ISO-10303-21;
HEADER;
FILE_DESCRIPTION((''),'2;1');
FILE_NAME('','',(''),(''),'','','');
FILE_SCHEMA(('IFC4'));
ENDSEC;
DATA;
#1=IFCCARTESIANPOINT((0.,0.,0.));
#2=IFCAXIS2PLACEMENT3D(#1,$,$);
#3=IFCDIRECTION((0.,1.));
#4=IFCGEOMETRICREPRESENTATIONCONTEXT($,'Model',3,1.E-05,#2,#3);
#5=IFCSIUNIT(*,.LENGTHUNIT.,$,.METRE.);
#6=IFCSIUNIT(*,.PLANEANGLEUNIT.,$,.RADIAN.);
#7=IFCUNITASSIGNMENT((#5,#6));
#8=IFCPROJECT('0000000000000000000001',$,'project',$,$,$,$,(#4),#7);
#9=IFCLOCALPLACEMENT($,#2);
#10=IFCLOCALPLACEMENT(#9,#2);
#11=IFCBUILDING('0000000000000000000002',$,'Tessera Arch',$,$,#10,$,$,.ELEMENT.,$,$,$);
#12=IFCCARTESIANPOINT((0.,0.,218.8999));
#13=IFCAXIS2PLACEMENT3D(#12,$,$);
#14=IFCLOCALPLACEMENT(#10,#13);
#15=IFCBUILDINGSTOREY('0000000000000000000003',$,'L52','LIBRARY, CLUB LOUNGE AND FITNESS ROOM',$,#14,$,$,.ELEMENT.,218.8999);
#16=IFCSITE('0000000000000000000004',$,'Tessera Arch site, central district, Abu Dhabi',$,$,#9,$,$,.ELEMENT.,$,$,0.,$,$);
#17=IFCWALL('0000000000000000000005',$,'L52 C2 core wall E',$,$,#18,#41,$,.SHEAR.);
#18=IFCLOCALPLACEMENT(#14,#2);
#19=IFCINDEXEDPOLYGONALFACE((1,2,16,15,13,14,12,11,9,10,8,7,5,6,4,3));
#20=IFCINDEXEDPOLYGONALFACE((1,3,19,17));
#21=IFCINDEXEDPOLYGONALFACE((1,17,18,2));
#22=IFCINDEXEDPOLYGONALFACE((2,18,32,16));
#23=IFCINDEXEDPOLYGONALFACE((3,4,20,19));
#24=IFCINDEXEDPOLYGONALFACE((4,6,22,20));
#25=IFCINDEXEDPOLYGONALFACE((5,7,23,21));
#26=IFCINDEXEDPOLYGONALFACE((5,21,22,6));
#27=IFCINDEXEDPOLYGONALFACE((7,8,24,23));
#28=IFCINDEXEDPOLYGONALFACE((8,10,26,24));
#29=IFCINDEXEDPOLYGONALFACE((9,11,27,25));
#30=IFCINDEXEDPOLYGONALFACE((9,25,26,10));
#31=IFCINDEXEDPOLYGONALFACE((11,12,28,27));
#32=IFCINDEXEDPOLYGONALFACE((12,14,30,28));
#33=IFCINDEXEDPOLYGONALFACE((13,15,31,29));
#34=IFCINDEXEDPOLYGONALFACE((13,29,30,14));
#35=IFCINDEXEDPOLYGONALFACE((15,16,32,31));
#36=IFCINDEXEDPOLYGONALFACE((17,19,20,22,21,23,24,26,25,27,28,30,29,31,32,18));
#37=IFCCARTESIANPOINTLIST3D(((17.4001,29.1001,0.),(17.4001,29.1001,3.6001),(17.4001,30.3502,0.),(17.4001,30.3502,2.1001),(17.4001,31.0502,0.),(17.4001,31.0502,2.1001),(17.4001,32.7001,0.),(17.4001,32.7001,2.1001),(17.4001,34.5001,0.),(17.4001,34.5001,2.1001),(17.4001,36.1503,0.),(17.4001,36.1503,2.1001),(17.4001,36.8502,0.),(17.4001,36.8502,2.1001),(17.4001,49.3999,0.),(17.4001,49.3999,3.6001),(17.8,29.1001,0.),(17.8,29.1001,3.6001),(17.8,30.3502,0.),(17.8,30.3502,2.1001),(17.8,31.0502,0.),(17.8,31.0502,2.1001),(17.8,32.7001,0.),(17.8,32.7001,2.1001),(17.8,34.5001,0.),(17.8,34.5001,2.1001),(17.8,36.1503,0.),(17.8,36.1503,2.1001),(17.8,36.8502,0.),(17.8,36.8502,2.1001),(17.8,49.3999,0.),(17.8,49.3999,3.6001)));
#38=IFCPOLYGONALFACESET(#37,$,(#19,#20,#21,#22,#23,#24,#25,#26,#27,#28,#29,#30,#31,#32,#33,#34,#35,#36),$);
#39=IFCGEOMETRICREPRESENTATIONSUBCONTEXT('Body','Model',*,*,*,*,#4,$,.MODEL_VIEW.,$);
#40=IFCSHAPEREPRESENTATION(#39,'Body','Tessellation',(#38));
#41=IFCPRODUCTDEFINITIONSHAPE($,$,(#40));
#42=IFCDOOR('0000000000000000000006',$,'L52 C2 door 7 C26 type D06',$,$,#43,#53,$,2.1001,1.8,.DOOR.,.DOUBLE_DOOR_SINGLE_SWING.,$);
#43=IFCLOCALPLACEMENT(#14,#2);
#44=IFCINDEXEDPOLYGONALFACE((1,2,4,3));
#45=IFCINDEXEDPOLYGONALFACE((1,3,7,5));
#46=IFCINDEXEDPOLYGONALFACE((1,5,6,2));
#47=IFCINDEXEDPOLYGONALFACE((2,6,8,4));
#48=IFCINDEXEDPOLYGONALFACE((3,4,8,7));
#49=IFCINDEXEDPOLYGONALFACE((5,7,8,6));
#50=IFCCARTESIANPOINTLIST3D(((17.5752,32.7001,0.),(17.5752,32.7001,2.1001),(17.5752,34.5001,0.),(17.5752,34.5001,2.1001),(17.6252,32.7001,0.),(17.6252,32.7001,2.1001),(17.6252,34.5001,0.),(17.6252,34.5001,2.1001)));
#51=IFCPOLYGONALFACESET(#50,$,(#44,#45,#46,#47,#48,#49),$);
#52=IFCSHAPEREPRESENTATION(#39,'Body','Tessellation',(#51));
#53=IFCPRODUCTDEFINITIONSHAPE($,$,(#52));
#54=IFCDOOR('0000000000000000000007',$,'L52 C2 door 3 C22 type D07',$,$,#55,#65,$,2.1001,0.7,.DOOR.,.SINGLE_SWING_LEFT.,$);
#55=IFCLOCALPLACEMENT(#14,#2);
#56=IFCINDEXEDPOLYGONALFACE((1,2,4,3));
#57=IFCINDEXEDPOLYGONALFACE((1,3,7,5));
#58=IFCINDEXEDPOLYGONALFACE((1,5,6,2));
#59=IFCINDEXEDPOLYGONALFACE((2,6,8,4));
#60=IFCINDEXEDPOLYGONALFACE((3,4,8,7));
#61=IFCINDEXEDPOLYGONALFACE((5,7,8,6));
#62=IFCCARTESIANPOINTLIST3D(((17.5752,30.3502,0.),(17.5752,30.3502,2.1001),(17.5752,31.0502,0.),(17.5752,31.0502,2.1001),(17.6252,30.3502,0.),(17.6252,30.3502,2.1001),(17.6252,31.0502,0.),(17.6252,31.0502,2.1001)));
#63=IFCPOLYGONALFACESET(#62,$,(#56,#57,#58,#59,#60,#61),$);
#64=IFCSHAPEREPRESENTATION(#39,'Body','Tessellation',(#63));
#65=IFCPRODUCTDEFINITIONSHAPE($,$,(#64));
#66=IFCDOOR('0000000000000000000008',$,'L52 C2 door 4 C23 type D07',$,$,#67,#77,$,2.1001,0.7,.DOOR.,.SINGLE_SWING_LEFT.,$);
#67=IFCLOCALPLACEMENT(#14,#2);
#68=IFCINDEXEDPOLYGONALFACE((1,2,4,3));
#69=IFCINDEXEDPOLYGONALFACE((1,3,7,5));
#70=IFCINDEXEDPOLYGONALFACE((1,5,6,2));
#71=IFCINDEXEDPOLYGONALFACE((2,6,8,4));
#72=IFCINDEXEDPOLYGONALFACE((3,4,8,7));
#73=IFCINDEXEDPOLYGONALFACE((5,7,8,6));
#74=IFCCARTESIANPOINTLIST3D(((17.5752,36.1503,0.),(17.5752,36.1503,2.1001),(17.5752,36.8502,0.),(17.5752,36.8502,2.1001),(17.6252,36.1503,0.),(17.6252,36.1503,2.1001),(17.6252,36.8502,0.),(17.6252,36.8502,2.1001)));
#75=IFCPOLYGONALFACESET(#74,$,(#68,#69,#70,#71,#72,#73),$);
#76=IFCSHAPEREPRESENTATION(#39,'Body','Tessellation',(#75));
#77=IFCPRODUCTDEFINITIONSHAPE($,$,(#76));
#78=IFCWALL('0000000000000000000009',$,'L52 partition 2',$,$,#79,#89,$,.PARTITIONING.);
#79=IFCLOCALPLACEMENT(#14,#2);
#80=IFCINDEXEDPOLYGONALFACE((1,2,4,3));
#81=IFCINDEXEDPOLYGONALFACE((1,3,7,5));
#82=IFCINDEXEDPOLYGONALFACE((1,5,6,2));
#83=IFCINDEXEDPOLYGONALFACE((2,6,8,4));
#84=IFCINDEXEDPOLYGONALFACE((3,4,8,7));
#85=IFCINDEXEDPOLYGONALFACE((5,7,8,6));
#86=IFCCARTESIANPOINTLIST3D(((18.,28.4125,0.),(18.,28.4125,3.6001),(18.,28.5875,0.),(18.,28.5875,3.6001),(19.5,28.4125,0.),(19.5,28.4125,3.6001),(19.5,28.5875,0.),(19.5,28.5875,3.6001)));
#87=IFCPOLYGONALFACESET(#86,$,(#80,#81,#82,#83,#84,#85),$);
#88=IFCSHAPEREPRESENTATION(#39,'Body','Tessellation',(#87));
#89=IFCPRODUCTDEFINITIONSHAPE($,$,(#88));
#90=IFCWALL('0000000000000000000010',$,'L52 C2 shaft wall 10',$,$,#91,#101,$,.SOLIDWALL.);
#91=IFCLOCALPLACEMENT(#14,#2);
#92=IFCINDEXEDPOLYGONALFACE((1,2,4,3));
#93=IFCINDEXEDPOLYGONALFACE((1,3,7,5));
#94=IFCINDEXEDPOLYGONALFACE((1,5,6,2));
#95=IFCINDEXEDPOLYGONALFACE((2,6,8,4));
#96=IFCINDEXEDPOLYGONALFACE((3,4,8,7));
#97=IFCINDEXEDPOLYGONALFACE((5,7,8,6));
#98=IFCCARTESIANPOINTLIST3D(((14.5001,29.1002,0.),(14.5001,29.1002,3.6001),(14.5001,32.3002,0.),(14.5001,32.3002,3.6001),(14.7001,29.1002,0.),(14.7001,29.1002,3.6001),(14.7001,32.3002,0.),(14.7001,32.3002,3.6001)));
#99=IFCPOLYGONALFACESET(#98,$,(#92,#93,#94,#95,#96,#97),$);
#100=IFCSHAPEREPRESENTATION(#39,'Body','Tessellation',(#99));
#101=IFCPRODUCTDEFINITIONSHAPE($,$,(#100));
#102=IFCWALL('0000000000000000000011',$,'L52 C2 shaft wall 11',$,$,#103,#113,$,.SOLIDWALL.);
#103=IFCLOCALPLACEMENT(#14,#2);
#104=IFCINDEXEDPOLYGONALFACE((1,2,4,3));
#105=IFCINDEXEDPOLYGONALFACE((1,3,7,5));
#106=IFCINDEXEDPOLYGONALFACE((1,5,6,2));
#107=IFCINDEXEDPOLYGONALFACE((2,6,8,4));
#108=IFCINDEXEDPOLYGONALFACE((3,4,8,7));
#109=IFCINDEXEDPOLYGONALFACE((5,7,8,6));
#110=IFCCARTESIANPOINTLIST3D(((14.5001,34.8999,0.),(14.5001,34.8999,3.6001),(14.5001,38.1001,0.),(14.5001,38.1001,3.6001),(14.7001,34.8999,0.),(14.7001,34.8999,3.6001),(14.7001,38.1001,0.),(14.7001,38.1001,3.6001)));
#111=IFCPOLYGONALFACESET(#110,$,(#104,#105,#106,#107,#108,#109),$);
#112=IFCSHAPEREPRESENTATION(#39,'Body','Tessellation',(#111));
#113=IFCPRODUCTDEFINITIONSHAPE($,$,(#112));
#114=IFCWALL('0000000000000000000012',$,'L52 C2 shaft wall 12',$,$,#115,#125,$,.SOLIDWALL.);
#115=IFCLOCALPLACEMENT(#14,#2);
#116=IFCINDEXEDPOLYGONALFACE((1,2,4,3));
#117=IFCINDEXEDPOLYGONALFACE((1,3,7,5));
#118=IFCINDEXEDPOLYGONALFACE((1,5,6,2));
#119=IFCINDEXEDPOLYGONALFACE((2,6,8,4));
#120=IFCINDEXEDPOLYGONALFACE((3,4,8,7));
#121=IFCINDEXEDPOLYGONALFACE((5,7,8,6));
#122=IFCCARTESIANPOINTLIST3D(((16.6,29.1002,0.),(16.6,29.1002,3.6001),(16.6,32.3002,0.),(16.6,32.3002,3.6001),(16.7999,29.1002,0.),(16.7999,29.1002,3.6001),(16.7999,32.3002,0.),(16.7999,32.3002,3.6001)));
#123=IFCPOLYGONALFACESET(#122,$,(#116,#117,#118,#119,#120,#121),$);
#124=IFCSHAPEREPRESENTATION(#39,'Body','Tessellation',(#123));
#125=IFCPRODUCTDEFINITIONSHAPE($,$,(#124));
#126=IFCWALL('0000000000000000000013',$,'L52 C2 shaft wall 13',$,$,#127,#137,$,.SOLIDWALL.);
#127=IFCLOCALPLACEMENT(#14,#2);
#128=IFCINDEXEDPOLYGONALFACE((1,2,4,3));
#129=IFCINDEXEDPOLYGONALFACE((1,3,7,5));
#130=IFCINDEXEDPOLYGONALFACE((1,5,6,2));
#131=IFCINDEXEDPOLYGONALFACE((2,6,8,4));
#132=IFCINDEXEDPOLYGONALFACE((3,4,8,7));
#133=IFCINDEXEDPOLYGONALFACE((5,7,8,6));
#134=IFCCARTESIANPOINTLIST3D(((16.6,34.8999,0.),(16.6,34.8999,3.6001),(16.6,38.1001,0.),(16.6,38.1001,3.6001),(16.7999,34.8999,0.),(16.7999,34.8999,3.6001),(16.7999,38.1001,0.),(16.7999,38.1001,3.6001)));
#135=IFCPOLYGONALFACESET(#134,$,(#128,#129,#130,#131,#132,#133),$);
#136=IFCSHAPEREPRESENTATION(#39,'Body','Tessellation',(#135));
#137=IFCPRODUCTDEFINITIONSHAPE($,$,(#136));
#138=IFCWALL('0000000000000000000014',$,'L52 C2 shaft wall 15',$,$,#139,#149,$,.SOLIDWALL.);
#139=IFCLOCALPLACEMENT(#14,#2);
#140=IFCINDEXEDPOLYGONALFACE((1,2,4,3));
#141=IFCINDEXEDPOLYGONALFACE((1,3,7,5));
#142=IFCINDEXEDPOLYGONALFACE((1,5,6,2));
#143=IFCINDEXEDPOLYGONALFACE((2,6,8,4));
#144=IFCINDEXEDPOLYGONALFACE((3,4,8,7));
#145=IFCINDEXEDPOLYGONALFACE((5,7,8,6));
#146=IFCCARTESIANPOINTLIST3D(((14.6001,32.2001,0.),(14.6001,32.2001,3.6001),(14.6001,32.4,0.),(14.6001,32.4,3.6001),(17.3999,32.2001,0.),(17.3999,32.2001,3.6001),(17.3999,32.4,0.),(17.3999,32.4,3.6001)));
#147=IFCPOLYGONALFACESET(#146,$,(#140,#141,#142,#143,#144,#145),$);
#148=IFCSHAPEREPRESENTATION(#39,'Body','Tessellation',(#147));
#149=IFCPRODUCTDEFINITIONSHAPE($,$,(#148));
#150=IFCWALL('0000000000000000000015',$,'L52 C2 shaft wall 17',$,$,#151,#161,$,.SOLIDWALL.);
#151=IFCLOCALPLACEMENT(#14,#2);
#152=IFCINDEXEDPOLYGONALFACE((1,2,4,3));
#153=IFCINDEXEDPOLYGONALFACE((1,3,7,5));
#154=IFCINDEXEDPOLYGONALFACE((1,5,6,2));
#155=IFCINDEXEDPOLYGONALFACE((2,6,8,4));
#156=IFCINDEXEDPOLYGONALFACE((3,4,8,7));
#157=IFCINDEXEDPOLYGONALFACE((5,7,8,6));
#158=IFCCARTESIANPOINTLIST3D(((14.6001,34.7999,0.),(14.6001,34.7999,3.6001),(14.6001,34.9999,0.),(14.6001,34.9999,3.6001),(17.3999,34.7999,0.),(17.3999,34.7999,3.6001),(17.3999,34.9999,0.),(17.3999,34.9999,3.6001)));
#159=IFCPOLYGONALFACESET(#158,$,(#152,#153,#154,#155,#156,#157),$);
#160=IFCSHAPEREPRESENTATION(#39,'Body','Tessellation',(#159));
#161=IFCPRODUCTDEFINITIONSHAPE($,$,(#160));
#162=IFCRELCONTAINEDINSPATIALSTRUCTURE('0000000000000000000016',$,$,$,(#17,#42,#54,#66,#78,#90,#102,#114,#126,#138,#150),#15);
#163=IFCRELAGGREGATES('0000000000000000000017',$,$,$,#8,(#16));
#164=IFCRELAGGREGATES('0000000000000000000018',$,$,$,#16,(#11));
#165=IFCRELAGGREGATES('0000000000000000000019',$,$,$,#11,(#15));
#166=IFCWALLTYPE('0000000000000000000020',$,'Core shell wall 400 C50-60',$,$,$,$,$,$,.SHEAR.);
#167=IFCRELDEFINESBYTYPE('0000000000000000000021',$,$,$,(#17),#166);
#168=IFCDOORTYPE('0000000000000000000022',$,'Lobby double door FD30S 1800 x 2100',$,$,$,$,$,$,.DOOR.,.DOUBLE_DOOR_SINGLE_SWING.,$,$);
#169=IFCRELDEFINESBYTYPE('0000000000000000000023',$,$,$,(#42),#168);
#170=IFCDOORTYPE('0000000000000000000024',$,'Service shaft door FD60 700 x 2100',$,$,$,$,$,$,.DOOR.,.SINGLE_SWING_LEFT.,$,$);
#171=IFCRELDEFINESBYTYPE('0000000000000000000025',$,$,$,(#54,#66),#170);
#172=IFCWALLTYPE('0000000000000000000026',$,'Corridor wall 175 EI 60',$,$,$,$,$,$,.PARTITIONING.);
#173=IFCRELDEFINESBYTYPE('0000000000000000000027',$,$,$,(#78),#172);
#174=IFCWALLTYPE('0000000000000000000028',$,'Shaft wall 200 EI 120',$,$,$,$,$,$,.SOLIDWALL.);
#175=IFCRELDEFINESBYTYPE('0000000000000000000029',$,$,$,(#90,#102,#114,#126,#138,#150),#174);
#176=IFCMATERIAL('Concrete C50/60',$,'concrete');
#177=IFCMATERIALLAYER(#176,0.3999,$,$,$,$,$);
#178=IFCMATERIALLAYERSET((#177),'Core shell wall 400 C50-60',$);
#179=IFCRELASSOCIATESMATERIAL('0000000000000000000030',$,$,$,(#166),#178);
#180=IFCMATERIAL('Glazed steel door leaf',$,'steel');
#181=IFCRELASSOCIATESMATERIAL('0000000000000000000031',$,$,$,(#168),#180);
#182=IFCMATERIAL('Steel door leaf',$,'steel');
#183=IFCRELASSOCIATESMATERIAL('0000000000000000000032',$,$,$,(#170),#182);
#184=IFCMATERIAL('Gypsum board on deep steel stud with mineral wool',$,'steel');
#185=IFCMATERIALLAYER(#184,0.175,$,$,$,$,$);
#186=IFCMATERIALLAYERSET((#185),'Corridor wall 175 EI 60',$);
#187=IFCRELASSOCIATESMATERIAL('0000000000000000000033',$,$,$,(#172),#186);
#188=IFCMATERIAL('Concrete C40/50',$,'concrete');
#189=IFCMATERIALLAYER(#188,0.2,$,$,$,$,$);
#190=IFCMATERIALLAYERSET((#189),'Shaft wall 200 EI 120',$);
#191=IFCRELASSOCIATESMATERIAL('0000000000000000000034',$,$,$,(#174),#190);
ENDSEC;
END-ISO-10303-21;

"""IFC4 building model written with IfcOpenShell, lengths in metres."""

from ifc_helpers import new_model, si_unit, direction, frame, frame_2d, origin, place, context, subcontext, project, spatial, rectangle, extrude, material, layer, layer_set, type_object, element, fill, save


model = new_model("IFC4")

# Units and contexts
model_context = context("Model", 3, precision=1e-05, world=origin(), true_north=direction((0.0, 1.0)))
body_context = subcontext(model_context, "Body", "Model", "MODEL_VIEW")
ifc_project = project(units=[si_unit("LENGTHUNIT", "METRE"), si_unit("PLANEANGLEUNIT", "RADIAN")], contexts=[model_context])

# Site, building, storey
site_placement = place(None, origin())
site = spatial("IfcSite", under=ifc_project, at=site_placement, Name="Tessera Arch site, central district, Abu Dhabi", CompositionType="ELEMENT", RefElevation=0.0)
building_placement = place(site_placement, origin())
building = spatial("IfcBuilding", under=site, at=building_placement, Name="Tessera Arch", CompositionType="ELEMENT")
storey_placement = place(building_placement, frame((0.0, 0.0, 218.8999)))
storey = spatial("IfcBuildingStorey", under=building, at=storey_placement, Name="L52", Description="LIBRARY, CLUB LOUNGE AND FITNESS ROOM", CompositionType="ELEMENT", Elevation=218.8999)

# Wall, openings, doors
ifc_material_1 = material(Name="Concrete C50/60", Category="concrete")
ifc_layer_1 = layer(ifc_material_1, 0.3999)
ifc_layer_set_1 = layer_set([ifc_layer_1], Name="Core shell wall 400 C50-60")
wall_type_1 = type_object("IfcWallType", Name="Core shell wall 400 C50-60", PredefinedType="SHEAR", material=ifc_layer_set_1)
wall_1_placement = place(storey_placement, frame((17.6001, 29.1001, 0.0), z_axis=(0.0, 0.0, 1.0), x_axis=(0.0, 1.0, 0.0)))
wall_1 = element("IfcWall", 1, at=wall_1_placement, inside=storey, type_object=wall_type_1, Name="L52 C2 core wall E", PredefinedType="SHEAR", context=body_context, shape_type="SweptSolid", body=[
    extrude(rectangle(XDim=20.2998, YDim=0.3999, at=frame_2d((10.1499, 0.0))), origin(), (0.0, 0.0, 1.0), 3.6001),
])
opening_1_placement = place(wall_1_placement, frame((1.25, 0.0, 0.0)))
opening_1 = element("IfcOpeningElement", 2, at=opening_1_placement, cuts=wall_1, PredefinedType="OPENING", context=body_context, shape_type="SweptSolid", body=[
    extrude(rectangle(XDim=0.7, YDim=2.1001, at=frame_2d((0.3501, 1.05))), frame((0.0, 0.21, 0.0), z_axis=(0.0, -1.0, 0.0), x_axis=(1.0, 0.0, 0.0)), (0.0, 0.0, 1.0), 0.4199),
])
opening_2_placement = place(wall_1_placement, frame((7.05, 0.0, 0.0)))
opening_2 = element("IfcOpeningElement", 3, at=opening_2_placement, cuts=wall_1, PredefinedType="OPENING", context=body_context, shape_type="SweptSolid", body=[
    extrude(rectangle(XDim=0.7, YDim=2.1001, at=frame_2d((0.3501, 1.05))), frame((0.0, 0.21, 0.0), z_axis=(0.0, -1.0, 0.0), x_axis=(1.0, 0.0, 0.0)), (0.0, 0.0, 1.0), 0.4199),
])
opening_3_placement = place(wall_1_placement, frame((3.6001, 0.0, 0.0)))
opening_3 = element("IfcOpeningElement", 4, at=opening_3_placement, cuts=wall_1, PredefinedType="OPENING", context=body_context, shape_type="SweptSolid", body=[
    extrude(rectangle(XDim=1.8, YDim=2.1001, at=frame_2d((0.8999, 1.05))), frame((0.0, 0.21, 0.0), z_axis=(0.0, -1.0, 0.0), x_axis=(1.0, 0.0, 0.0)), (0.0, 0.0, 1.0), 0.4199),
])
ifc_material_2 = material(Name="Glazed steel door leaf", Category="steel")
door_type_1 = type_object("IfcDoorType", Name="Lobby double door FD30S 1800 x 2100", OperationType="DOUBLE_DOOR_SINGLE_SWING", PredefinedType="DOOR", material=ifc_material_2)
door_1_placement = place(opening_3_placement, origin())
door_1 = element("IfcDoor", 5, at=door_1_placement, inside=storey, type_object=door_type_1, Name="L52 C2 door 7 C26 type D06", OperationType="DOUBLE_DOOR_SINGLE_SWING", OverallHeight=2.1001, OverallWidth=1.8, PredefinedType="DOOR", context=body_context, shape_type="SweptSolid", body=[
    extrude(rectangle(XDim=1.8, YDim=2.1001, at=frame_2d((0.8999, 1.05))), frame((0.0, 0.0249, 0.0), z_axis=(0.0, -1.0, 0.0), x_axis=(1.0, 0.0, 0.0)), (0.0, 0.0, 1.0), 0.05),
])
fill(opening_3, door_1)
ifc_material_3 = material(Name="Steel door leaf", Category="steel")
door_type_2 = type_object("IfcDoorType", Name="Service shaft door FD60 700 x 2100", OperationType="SINGLE_SWING_LEFT", PredefinedType="DOOR", material=ifc_material_3)
door_2_placement = place(opening_1_placement, origin())
door_2 = element("IfcDoor", 6, at=door_2_placement, inside=storey, type_object=door_type_2, Name="L52 C2 door 3 C22 type D07", OperationType="SINGLE_SWING_LEFT", OverallHeight=2.1001, OverallWidth=0.7, PredefinedType="DOOR", context=body_context, shape_type="SweptSolid", body=[
    extrude(rectangle(XDim=0.7, YDim=2.1001, at=frame_2d((0.3501, 1.05))), frame((0.0, 0.0249, 0.0), z_axis=(0.0, -1.0, 0.0), x_axis=(1.0, 0.0, 0.0)), (0.0, 0.0, 1.0), 0.05),
])
fill(opening_1, door_2)
door_3_placement = place(opening_2_placement, origin())
door_3 = element("IfcDoor", 7, at=door_3_placement, inside=storey, type_object=door_type_2, Name="L52 C2 door 4 C23 type D07", OperationType="SINGLE_SWING_LEFT", OverallHeight=2.1001, OverallWidth=0.7, PredefinedType="DOOR", context=body_context, shape_type="SweptSolid", body=[
    extrude(rectangle(XDim=0.7, YDim=2.1001, at=frame_2d((0.3501, 1.05))), frame((0.0, 0.0249, 0.0), z_axis=(0.0, -1.0, 0.0), x_axis=(1.0, 0.0, 0.0)), (0.0, 0.0, 1.0), 0.05),
])
fill(opening_2, door_3)

# Walls
ifc_material_4 = material(Name="Gypsum board on deep steel stud with mineral wool", Category="steel")
ifc_layer_2 = layer(ifc_material_4, 0.175)
ifc_layer_set_2 = layer_set([ifc_layer_2], Name="Corridor wall 175 EI 60")
wall_type_2 = type_object("IfcWallType", Name="Corridor wall 175 EI 60", PredefinedType="PARTITIONING", material=ifc_layer_set_2)
wall_2_placement = place(storey_placement, frame((18.0, 28.5, 0.0), z_axis=(0.0, 0.0, 1.0), x_axis=(1.0, 0.0, 0.0)))
element("IfcWall", 8, at=wall_2_placement, inside=storey, type_object=wall_type_2, Name="L52 partition 2", PredefinedType="PARTITIONING", context=body_context, shape_type="SweptSolid", body=[
    extrude(rectangle(XDim=1.5, YDim=0.175, at=frame_2d((0.75, 0.0))), origin(), (0.0, 0.0, 1.0), 3.6001),
])
ifc_material_5 = material(Name="Concrete C40/50", Category="concrete")
ifc_layer_3 = layer(ifc_material_5, 0.2)
ifc_layer_set_3 = layer_set([ifc_layer_3], Name="Shaft wall 200 EI 120")
wall_type_3 = type_object("IfcWallType", Name="Shaft wall 200 EI 120", PredefinedType="SOLIDWALL", material=ifc_layer_set_3)
wall_3_placement = place(storey_placement, frame((14.6001, 29.1001, 0.0), z_axis=(0.0, 0.0, 1.0), x_axis=(0.0, 1.0, 0.0)))
element("IfcWall", 9, at=wall_3_placement, inside=storey, type_object=wall_type_3, Name="L52 C2 shaft wall 10", PredefinedType="SOLIDWALL", context=body_context, shape_type="SweptSolid", body=[
    extrude(rectangle(XDim=3.2, YDim=0.2, at=frame_2d((1.6001, 0.0))), origin(), (0.0, 0.0, 1.0), 3.6001),
])
wall_4_placement = place(storey_placement, frame((14.6001, 34.8999, 0.0), z_axis=(0.0, 0.0, 1.0), x_axis=(0.0, 1.0, 0.0)))
element("IfcWall", 10, at=wall_4_placement, inside=storey, type_object=wall_type_3, Name="L52 C2 shaft wall 11", PredefinedType="SOLIDWALL", context=body_context, shape_type="SweptSolid", body=[
    extrude(rectangle(XDim=3.2002, YDim=0.2, at=frame_2d((1.6001, 0.0))), origin(), (0.0, 0.0, 1.0), 3.6001),
])
wall_5_placement = place(storey_placement, frame((16.7, 29.1001, 0.0), z_axis=(0.0, 0.0, 1.0), x_axis=(0.0, 1.0, 0.0)))
element("IfcWall", 11, at=wall_5_placement, inside=storey, type_object=wall_type_3, Name="L52 C2 shaft wall 12", PredefinedType="SOLIDWALL", context=body_context, shape_type="SweptSolid", body=[
    extrude(rectangle(XDim=3.2, YDim=0.2, at=frame_2d((1.6001, 0.0))), origin(), (0.0, 0.0, 1.0), 3.6001),
])
wall_6_placement = place(storey_placement, frame((16.7, 34.8999, 0.0), z_axis=(0.0, 0.0, 1.0), x_axis=(0.0, 1.0, 0.0)))
element("IfcWall", 12, at=wall_6_placement, inside=storey, type_object=wall_type_3, Name="L52 C2 shaft wall 13", PredefinedType="SOLIDWALL", context=body_context, shape_type="SweptSolid", body=[
    extrude(rectangle(XDim=3.2002, YDim=0.2, at=frame_2d((1.6001, 0.0))), origin(), (0.0, 0.0, 1.0), 3.6001),
])
for number, where, z_axis, x_axis, name in (
    (13, (14.6001, 32.3, 0.0), (0.0, 0.0, 1.0), (1.0, 0.0, 0.0), "L52 C2 shaft wall 15"),
    (14, (14.6001, 34.8999, 0.0), (0.0, 0.0, 1.0), (1.0, 0.0, 0.0), "L52 C2 shaft wall 17"),
):
    element("IfcWall", number, at=place(storey_placement, frame(where, z_axis=z_axis, x_axis=x_axis)), inside=storey, type_object=wall_type_3, Name=name, PredefinedType="SOLIDWALL", context=body_context, shape_type="SweptSolid", body=[
        extrude(rectangle(XDim=2.7998, YDim=0.2, at=frame_2d((1.3999, 0.0))), origin(), (0.0, 0.0, 1.0), 3.6001),
    ])

save(model, "model.ifc")
